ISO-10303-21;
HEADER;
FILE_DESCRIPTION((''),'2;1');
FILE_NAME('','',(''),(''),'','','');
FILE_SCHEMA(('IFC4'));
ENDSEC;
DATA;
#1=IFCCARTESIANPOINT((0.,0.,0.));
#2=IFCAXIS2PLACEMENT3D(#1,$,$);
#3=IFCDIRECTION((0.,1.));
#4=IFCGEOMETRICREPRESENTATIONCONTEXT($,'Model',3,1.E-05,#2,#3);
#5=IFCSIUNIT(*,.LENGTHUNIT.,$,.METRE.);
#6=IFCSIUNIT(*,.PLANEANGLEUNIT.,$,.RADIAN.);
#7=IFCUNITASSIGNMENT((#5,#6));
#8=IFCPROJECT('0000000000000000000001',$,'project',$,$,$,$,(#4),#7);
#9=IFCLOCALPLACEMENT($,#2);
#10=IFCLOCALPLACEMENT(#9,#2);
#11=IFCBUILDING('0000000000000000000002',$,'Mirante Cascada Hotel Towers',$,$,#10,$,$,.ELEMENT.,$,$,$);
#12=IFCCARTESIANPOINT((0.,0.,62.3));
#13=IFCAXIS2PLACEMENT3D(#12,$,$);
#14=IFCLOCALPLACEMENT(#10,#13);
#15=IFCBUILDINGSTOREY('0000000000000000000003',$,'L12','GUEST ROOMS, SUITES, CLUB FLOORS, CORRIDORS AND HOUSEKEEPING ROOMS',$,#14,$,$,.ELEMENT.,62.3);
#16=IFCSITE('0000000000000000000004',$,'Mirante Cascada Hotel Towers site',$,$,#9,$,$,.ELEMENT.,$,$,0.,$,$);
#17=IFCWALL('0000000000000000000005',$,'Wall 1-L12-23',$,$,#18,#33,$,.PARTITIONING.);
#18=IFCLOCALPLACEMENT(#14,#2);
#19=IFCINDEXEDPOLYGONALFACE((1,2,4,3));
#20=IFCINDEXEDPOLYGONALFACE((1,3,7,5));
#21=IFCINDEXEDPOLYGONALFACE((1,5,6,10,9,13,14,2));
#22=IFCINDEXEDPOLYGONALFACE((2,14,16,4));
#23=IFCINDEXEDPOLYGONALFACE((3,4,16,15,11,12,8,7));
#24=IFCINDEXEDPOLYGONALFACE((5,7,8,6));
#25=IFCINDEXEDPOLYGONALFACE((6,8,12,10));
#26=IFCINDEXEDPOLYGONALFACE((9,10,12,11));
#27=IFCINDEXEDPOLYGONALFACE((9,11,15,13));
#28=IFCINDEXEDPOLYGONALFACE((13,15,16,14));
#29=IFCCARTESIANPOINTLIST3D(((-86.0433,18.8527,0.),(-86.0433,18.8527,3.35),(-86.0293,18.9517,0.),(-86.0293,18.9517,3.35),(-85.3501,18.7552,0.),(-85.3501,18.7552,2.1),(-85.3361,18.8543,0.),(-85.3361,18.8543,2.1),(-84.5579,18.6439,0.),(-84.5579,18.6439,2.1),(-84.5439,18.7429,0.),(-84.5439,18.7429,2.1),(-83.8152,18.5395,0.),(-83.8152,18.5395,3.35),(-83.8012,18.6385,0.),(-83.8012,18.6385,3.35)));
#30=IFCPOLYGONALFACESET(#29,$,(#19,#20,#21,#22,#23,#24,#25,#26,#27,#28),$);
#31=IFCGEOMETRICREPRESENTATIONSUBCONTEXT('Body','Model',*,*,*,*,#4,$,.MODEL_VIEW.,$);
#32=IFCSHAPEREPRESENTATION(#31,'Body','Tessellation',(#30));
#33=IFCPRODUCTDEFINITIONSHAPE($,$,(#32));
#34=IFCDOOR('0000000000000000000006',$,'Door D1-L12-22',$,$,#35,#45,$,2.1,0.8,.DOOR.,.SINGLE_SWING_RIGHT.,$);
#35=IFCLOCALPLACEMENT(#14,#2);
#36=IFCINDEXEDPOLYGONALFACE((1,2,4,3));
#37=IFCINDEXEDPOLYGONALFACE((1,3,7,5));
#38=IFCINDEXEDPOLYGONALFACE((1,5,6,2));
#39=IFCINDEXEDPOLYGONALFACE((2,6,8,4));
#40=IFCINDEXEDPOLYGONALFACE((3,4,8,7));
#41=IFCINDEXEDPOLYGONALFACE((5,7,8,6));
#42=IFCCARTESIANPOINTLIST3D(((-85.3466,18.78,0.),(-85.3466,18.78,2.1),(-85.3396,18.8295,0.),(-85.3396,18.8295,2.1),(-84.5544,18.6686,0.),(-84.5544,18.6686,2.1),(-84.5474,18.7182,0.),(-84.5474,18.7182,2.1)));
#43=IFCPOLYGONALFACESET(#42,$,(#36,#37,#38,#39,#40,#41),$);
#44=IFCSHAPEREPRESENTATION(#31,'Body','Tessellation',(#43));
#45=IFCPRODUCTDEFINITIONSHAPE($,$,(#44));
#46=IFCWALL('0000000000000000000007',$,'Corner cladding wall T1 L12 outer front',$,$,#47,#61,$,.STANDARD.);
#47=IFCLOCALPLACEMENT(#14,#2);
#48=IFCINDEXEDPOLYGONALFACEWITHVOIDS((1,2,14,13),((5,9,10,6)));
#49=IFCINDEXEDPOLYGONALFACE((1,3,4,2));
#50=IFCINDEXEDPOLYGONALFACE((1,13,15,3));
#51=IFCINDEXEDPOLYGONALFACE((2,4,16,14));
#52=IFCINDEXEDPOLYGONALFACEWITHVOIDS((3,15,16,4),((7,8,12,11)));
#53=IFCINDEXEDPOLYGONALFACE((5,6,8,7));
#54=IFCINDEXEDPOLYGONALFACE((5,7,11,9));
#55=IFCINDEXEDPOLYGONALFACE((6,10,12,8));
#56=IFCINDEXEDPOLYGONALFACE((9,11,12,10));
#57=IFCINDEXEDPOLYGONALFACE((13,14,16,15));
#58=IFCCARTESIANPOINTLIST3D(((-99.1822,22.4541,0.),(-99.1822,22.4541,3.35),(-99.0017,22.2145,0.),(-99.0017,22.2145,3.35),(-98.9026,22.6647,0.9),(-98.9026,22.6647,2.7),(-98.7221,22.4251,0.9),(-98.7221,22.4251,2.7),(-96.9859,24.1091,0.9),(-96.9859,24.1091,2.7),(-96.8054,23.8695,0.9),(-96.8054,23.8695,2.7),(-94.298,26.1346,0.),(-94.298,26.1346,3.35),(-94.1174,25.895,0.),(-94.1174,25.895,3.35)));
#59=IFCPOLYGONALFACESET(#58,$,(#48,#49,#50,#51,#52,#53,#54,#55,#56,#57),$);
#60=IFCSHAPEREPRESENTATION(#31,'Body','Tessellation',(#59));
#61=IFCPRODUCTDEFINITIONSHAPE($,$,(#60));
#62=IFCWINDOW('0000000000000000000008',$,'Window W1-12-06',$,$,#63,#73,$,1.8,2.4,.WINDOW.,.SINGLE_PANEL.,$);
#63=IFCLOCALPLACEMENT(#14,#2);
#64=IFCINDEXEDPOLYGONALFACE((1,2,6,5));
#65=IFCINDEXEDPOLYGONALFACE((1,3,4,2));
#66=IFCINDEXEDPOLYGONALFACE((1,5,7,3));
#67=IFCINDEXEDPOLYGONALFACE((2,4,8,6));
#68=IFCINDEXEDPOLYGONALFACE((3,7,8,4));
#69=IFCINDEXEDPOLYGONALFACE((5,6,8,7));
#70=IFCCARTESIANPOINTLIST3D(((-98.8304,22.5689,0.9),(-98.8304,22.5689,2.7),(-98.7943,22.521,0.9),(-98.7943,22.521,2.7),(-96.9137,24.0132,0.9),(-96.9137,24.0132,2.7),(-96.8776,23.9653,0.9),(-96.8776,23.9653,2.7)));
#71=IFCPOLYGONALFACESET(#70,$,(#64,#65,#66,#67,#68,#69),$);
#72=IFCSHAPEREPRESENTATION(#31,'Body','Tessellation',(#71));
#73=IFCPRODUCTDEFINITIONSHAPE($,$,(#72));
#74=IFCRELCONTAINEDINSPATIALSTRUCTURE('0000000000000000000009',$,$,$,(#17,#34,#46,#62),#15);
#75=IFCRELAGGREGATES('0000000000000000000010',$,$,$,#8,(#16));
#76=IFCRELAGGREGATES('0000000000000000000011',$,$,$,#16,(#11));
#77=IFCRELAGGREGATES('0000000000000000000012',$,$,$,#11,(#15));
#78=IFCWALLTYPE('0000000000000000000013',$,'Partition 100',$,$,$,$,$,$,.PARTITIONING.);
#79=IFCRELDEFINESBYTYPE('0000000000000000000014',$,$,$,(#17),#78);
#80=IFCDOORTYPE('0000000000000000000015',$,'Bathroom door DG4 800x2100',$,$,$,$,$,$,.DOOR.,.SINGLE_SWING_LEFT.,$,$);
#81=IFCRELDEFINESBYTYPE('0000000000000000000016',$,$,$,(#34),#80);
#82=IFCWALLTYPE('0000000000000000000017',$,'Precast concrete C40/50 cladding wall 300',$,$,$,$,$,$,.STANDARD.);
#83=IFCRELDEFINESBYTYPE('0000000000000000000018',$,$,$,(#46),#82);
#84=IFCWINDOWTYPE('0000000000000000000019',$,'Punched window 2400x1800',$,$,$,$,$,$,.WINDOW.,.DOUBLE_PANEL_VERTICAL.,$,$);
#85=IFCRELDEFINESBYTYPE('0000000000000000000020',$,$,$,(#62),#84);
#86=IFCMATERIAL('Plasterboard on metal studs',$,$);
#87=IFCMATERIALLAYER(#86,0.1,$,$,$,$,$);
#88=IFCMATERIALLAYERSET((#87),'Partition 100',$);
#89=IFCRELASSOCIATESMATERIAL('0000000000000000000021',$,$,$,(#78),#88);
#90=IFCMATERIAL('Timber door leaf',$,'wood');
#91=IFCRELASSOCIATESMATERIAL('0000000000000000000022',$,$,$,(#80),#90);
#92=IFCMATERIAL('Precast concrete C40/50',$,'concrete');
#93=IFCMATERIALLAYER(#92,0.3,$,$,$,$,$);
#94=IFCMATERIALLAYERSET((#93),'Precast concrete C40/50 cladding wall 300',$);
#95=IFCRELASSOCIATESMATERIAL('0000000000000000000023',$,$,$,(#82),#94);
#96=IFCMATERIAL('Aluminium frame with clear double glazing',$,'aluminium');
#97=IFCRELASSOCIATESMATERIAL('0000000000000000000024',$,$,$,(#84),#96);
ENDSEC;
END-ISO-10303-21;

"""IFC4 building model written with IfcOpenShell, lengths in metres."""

from ifc_helpers import new_model, si_unit, direction, frame, frame_2d, origin, place, context, subcontext, project, spatial, rectangle, extrude, material, layer, layer_set, type_object, element, fill, save


model = new_model("IFC4")

# Units and contexts
model_context = context("Model", 3, precision=1e-05, world=origin(), true_north=direction((0.0, 1.0)))
body_context = subcontext(model_context, "Body", "Model", "MODEL_VIEW")
ifc_project = project(units=[si_unit("LENGTHUNIT", "METRE"), si_unit("PLANEANGLEUNIT", "RADIAN")], contexts=[model_context])

# Site, building, storey
site_placement = place(None, origin())
site = spatial("IfcSite", under=ifc_project, at=site_placement, Name="Mirante Cascada Hotel Towers site", CompositionType="ELEMENT", RefElevation=0.0)
building_placement = place(site_placement, origin())
building = spatial("IfcBuilding", under=site, at=building_placement, Name="Mirante Cascada Hotel Towers", CompositionType="ELEMENT")
storey_placement = place(building_placement, frame((0.0, 0.0, 62.3)))
storey = spatial("IfcBuildingStorey", under=building, at=storey_placement, Name="L12", Description="GUEST ROOMS, SUITES, CLUB FLOORS, CORRIDORS AND HOUSEKEEPING ROOMS", CompositionType="ELEMENT", Elevation=62.3)

# Wall, opening, door
ifc_material_1 = material(Name="Plasterboard on metal studs")
ifc_layer_1 = layer(ifc_material_1, 0.1)
ifc_layer_set_1 = layer_set([ifc_layer_1], Name="Partition 100")
wall_type_1 = type_object("IfcWallType", Name="Partition 100", PredefinedType="PARTITIONING", material=ifc_layer_set_1)
wall_1_placement = place(storey_placement, frame((-83.8082, 18.589, 0.0), z_axis=(0.0, 0.0, 1.0), x_axis=(-0.990264, 0.1392, 0.0)))
wall_1 = element("IfcWall", 1, at=wall_1_placement, inside=storey, type_object=wall_type_1, Name="Wall 1-L12-23", PredefinedType="PARTITIONING", context=body_context, shape_type="SweptSolid", body=[
    extrude(rectangle(XDim=2.25, YDim=0.1, at=frame_2d((1.125, 0.0))), origin(), (0.0, 0.0, 1.0), 3.35),
])
opening_1_placement = place(wall_1_placement, frame((0.75, 0.0, 0.0)))
opening_1 = element("IfcOpeningElement", 2, at=opening_1_placement, cuts=wall_1, PredefinedType="OPENING", context=body_context, shape_type="SweptSolid", body=[
    extrude(rectangle(XDim=0.8, YDim=2.1, at=frame_2d((0.4, 1.05))), frame((0.0, 0.05, 0.0), z_axis=(0.0, -1.0, 0.0), x_axis=(1.0, 0.0, 0.0)), (0.0, 0.0, 1.0), 0.1),
])
ifc_material_2 = material(Name="Timber door leaf", Category="wood")
door_type = type_object("IfcDoorType", Name="Bathroom door DG4 800x2100", OperationType="SINGLE_SWING_LEFT", PredefinedType="DOOR", material=ifc_material_2)
door_placement = place(opening_1_placement, frame((0.8, 0.0, 0.0), z_axis=(0.0, 0.0, 1.0), x_axis=(-1.0, 0.0, 0.0)))
door = element("IfcDoor", 3, at=door_placement, inside=storey, type_object=door_type, Name="Door D1-L12-22", OperationType="SINGLE_SWING_RIGHT", OverallHeight=2.1, OverallWidth=0.8, PredefinedType="DOOR", context=body_context, shape_type="SweptSolid", body=[
    extrude(rectangle(XDim=0.8, YDim=2.1, at=frame_2d((0.4, 1.05))), frame((0.0, 0.025, 0.0), z_axis=(0.0, -1.0, 0.0), x_axis=(1.0, 0.0, 0.0)), (0.0, 0.0, 1.0), 0.05),
])
fill(opening_1, door)

# Wall, opening, window
ifc_material_3 = material(Name="Precast concrete C40/50", Category="concrete")
ifc_layer_2 = layer(ifc_material_3, 0.3)
ifc_layer_set_2 = layer_set([ifc_layer_2], Name="Precast concrete C40/50 cladding wall 300")
wall_type_2 = type_object("IfcWallType", Name="Precast concrete C40/50 cladding wall 300", PredefinedType="STANDARD", material=ifc_layer_set_2)
wall_2_placement = place(storey_placement, frame((-99.0919, 22.3343, 0.0), z_axis=(0.0, 0.0, 1.0), x_axis=(0.798636, 0.601814, 0.0)))
wall_2 = element("IfcWall", 4, at=wall_2_placement, inside=storey, type_object=wall_type_2, Name="Corner cladding wall T1 L12 outer front", PredefinedType="STANDARD", context=body_context, shape_type="SweptSolid", body=[
    extrude(rectangle(XDim=6.1157, YDim=0.3, at=frame_2d((3.0578, 0.0))), origin(), (0.0, 0.0, 1.0), 3.35),
])
opening_2_placement = place(wall_2_placement, frame((0.35, 0.0, 0.9)))
opening_2 = element("IfcOpeningElement", 5, at=opening_2_placement, cuts=wall_2, PredefinedType="OPENING", context=body_context, shape_type="SweptSolid", body=[
    extrude(rectangle(XDim=2.4, YDim=1.8, at=frame_2d((1.2, 0.9))), frame((0.0, 0.15, 0.0), z_axis=(0.0, -1.0, 0.0), x_axis=(1.0, 0.0, 0.0)), (0.0, 0.0, 1.0), 0.3),
])
ifc_material_4 = material(Name="Aluminium frame with clear double glazing", Category="aluminium")
window_type = type_object("IfcWindowType", Name="Punched window 2400x1800", PartitioningType="DOUBLE_PANEL_VERTICAL", PredefinedType="WINDOW", material=ifc_material_4)
window_placement = place(opening_2_placement, origin())
window = element("IfcWindow", 6, at=window_placement, inside=storey, type_object=window_type, Name="Window W1-12-06", OverallHeight=1.8, OverallWidth=2.4, PartitioningType="SINGLE_PANEL", PredefinedType="WINDOW", context=body_context, shape_type="SweptSolid", body=[
    extrude(rectangle(XDim=2.4, YDim=1.8, at=frame_2d((1.2, 0.9))), frame((0.0, 0.03, 0.0), z_axis=(0.0, -1.0, 0.0), x_axis=(1.0, 0.0, 0.0)), (0.0, 0.0, 1.0), 0.06),
])
fill(opening_2, window)

save(model, "model.ifc")
